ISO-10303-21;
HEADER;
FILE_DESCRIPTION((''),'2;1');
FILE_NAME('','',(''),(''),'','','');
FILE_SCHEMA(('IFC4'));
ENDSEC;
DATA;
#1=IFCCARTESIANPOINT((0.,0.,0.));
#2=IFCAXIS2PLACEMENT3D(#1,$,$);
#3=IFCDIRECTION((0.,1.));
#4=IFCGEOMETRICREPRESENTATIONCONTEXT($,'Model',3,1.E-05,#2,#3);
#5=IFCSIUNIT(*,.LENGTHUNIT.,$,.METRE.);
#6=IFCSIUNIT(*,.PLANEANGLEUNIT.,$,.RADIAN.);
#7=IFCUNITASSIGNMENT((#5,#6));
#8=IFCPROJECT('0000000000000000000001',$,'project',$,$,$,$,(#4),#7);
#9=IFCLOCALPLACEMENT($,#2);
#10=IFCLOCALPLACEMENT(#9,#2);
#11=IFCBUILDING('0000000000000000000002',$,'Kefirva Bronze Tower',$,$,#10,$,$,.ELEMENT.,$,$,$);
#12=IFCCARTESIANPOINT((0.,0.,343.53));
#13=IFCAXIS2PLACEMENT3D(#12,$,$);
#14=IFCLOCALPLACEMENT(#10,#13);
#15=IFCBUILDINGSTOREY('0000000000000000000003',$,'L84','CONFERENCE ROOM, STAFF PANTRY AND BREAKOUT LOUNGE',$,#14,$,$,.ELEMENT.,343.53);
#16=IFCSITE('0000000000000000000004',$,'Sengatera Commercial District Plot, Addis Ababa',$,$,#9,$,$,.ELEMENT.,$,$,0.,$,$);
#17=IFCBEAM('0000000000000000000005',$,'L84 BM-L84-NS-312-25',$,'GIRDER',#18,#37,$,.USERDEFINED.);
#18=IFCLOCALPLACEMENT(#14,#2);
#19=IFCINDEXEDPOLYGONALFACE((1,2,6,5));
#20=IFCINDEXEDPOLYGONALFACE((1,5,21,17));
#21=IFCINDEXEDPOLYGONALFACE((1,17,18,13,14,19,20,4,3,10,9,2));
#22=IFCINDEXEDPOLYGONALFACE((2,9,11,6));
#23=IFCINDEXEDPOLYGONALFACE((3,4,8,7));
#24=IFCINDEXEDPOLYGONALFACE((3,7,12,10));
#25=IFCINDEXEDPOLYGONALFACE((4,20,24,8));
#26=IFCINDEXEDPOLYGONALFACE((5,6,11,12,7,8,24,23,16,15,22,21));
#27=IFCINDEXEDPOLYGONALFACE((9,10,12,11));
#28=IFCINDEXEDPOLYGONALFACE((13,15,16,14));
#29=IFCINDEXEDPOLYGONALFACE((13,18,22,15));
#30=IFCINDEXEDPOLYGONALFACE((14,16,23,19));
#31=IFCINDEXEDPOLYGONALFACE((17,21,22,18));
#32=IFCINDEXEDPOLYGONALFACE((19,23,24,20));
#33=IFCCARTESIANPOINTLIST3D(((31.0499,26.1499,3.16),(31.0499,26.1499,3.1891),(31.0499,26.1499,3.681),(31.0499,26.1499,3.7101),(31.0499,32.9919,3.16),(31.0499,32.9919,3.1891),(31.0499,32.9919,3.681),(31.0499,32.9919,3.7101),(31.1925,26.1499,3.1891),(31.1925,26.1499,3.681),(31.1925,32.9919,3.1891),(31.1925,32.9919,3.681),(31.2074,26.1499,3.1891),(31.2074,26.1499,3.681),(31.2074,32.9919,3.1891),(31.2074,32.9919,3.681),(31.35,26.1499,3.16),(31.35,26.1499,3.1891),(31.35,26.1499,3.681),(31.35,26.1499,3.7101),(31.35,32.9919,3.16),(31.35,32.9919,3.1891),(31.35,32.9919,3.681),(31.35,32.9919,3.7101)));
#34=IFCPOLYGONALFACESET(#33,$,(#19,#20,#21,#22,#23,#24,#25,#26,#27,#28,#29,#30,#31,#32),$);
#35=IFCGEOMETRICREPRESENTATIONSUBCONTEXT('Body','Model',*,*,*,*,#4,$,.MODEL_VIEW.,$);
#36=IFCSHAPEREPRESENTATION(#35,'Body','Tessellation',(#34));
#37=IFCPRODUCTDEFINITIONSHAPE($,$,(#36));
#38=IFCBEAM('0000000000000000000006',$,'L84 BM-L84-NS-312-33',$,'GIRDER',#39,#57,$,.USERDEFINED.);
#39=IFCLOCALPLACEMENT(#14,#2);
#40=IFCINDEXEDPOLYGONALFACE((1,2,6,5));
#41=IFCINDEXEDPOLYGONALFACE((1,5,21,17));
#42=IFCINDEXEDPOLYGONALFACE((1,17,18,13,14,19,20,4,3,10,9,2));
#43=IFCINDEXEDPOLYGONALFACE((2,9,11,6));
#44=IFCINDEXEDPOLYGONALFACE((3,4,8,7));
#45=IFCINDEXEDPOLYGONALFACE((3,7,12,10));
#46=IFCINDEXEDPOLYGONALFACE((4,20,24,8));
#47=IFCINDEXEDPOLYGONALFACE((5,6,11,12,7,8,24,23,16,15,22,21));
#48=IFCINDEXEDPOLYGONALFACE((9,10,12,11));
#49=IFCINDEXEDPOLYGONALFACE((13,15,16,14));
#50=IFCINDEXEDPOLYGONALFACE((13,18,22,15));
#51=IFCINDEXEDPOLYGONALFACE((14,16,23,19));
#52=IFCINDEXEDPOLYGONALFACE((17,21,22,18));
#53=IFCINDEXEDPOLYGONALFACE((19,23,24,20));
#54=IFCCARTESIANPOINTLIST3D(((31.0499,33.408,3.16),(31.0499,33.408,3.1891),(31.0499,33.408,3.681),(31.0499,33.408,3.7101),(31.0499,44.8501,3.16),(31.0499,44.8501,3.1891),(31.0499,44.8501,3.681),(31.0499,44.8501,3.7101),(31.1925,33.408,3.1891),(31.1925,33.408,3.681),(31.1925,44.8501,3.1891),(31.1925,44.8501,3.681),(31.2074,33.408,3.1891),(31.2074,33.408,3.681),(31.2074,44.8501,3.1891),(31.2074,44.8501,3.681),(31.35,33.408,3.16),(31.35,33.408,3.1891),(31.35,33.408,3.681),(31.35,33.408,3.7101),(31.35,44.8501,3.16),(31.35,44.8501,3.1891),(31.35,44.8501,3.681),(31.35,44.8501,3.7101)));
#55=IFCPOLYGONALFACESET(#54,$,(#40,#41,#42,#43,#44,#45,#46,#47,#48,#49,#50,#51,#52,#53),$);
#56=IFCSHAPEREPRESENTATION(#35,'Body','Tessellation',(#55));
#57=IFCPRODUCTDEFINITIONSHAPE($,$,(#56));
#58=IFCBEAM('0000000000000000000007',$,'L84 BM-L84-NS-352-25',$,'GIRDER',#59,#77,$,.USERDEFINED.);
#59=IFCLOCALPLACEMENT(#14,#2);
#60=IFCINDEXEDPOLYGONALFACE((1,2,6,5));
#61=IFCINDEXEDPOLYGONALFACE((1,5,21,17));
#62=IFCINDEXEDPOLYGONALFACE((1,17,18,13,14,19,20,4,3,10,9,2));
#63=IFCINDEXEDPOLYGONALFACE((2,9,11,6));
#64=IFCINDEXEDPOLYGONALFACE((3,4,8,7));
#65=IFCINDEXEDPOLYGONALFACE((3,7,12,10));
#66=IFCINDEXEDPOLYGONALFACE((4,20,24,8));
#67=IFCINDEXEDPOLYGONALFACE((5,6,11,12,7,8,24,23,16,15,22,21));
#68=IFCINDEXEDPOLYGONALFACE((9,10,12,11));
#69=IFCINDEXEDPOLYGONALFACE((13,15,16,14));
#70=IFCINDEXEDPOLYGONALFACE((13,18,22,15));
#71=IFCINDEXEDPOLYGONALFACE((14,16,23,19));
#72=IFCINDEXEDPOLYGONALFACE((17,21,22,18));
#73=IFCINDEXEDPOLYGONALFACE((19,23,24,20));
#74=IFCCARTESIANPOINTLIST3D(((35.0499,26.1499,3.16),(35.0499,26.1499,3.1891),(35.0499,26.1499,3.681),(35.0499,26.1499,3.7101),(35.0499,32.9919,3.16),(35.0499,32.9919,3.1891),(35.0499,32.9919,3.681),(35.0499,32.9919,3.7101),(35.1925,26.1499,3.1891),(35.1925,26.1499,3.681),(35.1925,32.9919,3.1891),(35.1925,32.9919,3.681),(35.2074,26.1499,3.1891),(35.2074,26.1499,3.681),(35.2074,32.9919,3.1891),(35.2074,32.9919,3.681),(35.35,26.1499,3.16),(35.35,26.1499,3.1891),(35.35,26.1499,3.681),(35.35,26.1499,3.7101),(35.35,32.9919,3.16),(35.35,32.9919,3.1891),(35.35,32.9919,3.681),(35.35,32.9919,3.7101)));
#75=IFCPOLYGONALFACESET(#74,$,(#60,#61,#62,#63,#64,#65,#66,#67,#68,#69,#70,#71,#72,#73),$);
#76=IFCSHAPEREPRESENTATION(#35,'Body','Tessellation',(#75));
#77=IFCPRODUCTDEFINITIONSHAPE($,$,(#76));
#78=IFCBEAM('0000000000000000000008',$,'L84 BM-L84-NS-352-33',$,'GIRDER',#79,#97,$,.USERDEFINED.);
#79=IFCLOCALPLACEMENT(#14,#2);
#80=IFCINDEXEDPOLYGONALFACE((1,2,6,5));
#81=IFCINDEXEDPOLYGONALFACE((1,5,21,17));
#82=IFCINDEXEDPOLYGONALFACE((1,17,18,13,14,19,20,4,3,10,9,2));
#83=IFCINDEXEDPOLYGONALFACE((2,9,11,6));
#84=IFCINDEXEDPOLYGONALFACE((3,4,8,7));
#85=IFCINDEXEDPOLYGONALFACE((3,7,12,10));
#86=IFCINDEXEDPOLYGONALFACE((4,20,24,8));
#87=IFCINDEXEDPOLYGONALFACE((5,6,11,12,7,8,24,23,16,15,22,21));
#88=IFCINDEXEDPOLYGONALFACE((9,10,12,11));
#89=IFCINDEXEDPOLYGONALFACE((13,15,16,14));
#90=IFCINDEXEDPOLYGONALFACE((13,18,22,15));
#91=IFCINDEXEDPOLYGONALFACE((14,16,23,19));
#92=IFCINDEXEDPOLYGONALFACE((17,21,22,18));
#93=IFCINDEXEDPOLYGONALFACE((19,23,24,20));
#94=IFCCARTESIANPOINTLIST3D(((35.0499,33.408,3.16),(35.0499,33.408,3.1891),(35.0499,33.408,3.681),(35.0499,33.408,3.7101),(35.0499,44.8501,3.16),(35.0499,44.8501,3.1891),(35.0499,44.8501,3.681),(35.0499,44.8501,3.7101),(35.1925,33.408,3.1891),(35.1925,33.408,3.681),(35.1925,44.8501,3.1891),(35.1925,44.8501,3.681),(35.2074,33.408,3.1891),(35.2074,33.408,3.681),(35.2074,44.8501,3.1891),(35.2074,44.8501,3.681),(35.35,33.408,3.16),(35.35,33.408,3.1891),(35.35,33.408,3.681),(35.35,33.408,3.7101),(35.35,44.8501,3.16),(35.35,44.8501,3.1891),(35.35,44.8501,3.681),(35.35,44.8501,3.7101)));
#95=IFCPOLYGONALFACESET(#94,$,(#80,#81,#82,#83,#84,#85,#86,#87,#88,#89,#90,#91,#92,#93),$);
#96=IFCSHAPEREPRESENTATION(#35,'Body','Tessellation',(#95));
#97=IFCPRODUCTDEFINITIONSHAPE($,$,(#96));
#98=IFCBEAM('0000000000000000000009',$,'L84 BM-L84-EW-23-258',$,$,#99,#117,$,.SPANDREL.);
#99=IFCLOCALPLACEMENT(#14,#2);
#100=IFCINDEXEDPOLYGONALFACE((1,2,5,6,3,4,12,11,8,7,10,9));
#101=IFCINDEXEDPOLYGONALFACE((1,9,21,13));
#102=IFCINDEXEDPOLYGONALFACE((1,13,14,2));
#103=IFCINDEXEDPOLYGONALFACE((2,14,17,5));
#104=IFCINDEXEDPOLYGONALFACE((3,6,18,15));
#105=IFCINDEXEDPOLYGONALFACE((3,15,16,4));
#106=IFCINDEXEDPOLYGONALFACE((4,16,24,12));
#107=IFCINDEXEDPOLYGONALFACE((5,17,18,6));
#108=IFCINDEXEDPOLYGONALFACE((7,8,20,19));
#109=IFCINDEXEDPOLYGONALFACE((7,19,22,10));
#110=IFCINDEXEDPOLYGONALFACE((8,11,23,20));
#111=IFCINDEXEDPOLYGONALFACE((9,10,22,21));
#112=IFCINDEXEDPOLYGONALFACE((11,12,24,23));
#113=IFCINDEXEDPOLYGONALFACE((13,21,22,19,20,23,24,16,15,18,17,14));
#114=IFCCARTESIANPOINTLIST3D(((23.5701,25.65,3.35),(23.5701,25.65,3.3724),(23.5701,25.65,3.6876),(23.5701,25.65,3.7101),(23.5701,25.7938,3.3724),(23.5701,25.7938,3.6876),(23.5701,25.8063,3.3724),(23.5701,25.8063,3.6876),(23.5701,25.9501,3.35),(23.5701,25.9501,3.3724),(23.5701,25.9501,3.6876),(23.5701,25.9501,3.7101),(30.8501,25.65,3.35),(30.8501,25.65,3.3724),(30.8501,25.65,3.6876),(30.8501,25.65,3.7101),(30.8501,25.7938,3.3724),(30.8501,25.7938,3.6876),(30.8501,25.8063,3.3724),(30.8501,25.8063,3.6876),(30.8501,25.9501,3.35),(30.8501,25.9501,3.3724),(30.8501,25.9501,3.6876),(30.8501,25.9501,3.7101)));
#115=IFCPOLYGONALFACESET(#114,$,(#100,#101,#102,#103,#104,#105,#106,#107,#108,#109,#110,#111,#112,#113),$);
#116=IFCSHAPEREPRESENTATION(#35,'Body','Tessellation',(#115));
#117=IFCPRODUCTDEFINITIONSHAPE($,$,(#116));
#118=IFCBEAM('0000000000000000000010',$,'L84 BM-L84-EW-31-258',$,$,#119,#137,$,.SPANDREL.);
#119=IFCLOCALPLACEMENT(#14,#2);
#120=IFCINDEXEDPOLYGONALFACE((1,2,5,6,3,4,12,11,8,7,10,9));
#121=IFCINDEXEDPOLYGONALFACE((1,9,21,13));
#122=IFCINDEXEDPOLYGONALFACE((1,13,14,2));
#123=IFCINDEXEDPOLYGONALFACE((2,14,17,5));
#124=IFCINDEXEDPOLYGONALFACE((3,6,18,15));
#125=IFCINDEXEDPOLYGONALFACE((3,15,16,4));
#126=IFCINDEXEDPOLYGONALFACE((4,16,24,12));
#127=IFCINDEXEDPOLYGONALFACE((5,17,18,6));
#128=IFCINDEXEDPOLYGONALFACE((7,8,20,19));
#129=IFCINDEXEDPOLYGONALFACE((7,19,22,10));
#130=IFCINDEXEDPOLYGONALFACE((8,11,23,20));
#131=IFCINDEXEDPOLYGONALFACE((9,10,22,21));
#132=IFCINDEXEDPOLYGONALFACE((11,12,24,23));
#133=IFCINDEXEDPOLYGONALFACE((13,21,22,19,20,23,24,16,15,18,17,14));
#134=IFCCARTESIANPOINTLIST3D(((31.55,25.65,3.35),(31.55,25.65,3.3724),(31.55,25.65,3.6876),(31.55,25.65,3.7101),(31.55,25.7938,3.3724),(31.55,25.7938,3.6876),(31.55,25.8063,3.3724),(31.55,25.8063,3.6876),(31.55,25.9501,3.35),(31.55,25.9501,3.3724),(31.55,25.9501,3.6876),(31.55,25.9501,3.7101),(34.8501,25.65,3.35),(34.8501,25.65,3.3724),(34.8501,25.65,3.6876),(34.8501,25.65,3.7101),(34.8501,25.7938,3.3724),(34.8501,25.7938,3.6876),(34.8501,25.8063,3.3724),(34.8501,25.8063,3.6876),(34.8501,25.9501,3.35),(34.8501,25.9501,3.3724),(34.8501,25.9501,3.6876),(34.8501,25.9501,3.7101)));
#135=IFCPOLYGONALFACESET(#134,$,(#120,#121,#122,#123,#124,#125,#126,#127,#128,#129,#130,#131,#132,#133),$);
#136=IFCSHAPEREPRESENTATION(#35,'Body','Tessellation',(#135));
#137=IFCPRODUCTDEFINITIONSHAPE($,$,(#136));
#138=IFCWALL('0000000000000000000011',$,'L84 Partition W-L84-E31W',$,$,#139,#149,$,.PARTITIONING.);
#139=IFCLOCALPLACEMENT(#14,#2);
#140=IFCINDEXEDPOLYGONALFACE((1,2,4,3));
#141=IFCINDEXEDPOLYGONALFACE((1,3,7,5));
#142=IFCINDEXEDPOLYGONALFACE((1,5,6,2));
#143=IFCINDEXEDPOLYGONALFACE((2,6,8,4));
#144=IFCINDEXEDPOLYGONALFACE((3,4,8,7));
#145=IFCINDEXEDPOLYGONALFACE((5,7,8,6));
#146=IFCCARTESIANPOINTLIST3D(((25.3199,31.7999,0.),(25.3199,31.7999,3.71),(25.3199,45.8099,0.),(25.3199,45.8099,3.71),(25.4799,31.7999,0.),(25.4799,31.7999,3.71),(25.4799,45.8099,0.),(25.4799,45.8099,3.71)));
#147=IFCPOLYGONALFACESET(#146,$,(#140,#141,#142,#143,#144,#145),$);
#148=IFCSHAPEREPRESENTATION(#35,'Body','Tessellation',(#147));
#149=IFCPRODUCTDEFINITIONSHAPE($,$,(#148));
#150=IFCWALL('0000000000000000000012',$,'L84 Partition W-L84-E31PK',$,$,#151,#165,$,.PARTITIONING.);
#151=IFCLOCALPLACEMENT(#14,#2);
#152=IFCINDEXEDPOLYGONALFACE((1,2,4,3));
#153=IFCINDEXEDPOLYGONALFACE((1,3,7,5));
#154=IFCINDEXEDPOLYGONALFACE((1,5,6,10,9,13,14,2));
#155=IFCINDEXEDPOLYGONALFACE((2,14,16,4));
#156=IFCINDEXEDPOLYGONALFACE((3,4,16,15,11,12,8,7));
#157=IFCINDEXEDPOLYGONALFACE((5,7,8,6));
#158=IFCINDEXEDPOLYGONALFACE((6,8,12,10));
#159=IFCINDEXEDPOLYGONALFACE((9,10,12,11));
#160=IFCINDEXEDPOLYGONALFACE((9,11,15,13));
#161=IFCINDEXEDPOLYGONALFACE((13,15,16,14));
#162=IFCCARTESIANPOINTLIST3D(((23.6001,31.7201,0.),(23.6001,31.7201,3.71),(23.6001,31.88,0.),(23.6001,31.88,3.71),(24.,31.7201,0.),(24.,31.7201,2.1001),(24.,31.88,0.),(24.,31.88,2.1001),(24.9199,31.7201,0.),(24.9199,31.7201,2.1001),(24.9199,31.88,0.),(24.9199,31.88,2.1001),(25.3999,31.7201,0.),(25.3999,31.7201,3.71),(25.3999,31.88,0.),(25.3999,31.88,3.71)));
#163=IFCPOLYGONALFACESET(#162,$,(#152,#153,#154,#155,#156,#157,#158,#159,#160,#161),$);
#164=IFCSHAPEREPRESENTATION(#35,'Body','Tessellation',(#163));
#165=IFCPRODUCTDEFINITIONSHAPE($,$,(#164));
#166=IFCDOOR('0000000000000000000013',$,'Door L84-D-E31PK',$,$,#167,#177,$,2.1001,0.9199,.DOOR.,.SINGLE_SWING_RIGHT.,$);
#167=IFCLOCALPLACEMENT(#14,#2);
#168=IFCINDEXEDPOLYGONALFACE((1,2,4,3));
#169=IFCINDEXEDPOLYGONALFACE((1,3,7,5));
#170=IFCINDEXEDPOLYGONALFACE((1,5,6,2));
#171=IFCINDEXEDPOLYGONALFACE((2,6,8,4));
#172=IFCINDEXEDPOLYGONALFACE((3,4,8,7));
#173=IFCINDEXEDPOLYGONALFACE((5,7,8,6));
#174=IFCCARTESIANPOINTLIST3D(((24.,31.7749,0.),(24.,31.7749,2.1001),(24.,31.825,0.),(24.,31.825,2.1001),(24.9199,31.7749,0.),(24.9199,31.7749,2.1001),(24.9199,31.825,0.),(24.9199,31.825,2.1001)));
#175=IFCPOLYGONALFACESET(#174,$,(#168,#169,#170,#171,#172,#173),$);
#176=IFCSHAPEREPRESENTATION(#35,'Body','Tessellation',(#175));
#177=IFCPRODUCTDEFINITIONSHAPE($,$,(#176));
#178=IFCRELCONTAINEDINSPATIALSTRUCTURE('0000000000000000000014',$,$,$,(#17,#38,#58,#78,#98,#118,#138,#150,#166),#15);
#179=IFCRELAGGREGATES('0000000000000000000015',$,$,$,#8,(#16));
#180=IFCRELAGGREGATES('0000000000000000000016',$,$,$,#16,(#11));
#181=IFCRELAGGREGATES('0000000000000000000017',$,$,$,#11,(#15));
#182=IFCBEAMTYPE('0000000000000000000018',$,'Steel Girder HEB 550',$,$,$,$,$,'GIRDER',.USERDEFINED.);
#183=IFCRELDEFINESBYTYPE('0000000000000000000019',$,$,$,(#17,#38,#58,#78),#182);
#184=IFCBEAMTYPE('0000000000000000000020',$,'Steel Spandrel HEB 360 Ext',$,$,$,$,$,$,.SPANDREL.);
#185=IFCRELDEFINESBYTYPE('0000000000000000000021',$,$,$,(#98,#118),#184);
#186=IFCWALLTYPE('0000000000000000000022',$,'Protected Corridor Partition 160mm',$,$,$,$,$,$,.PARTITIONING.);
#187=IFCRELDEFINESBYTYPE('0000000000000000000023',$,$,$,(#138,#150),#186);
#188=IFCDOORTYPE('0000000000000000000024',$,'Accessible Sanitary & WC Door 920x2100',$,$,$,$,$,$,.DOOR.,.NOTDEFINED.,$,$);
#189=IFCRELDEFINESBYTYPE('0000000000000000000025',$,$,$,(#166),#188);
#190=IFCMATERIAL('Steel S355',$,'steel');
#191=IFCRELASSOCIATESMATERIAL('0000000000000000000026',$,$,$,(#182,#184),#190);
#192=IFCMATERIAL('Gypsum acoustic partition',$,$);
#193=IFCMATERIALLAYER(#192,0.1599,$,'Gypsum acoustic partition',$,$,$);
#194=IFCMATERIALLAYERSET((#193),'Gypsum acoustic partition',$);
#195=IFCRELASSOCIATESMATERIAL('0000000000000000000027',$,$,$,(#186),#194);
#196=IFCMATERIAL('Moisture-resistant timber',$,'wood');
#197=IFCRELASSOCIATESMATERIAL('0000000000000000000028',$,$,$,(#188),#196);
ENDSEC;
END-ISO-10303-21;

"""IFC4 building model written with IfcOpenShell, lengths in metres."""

from ifc_helpers import new_model, si_unit, direction, frame, frame_2d, origin, origin_2d, place, context, subcontext, project, spatial, rectangle, i_section, extrude, material, layer, layer_set, material_profile, profile_set, type_object, element, fill, save


model = new_model("IFC4")

# Units and contexts
model_context = context("Model", 3, precision=1e-05, world=origin(), true_north=direction((0.0, 1.0)))
body_context = subcontext(model_context, "Body", "Model", "MODEL_VIEW")
ifc_project = project(units=[si_unit("LENGTHUNIT", "METRE"), si_unit("PLANEANGLEUNIT", "RADIAN")], contexts=[model_context])

# Site, building, storey
site_placement = place(None, origin())
site = spatial("IfcSite", under=ifc_project, at=site_placement, Name="Sengatera Commercial District Plot, Addis Ababa", CompositionType="ELEMENT", RefElevation=0.0)
building_placement = place(site_placement, origin())
building = spatial("IfcBuilding", under=site, at=building_placement, Name="Kefirva Bronze Tower", CompositionType="ELEMENT")
storey_placement = place(building_placement, frame((0.0, 0.0, 343.53)))
storey = spatial("IfcBuildingStorey", under=building, at=storey_placement, Name="L84", Description="CONFERENCE ROOM, STAFF PANTRY AND BREAKOUT LOUNGE", CompositionType="ELEMENT", Elevation=343.53)

# Beams
ifc_material_1 = material(Name="Steel S355", Category="steel")
ifc_material_profile_1 = material_profile(ifc_material_1, i_section(OverallWidth=0.3, OverallDepth=0.55, WebThickness=0.0149, FlangeThickness=0.0291, at=origin_2d()), Name="HEB 550")
ifc_profile_set_1 = profile_set([ifc_material_profile_1], Name="Steel S355")
beam_type_1 = type_object("IfcBeamType", Name="Steel Girder HEB 550", ElementType="GIRDER", PredefinedType="USERDEFINED", material=ifc_profile_set_1)
beam_1_placement = place(storey_placement, frame((31.2, 26.1499, 3.4351), z_axis=(0.0, 1.0, 0.0), x_axis=(-1.0, 0.0, 0.0)))
element("IfcBeam", 1, at=beam_1_placement, inside=storey, type_object=beam_type_1, Name="L84 BM-L84-NS-312-25", ObjectType="GIRDER", PredefinedType="USERDEFINED", context=body_context, shape_type="SweptSolid", body=[
    extrude(i_section(OverallWidth=0.3, OverallDepth=0.55, WebThickness=0.0149, FlangeThickness=0.0291, at=origin_2d()), origin(), (0.0, 0.0, 1.0), 6.842),
])
beam_2_placement = place(storey_placement, frame((31.2, 33.408, 3.4351), z_axis=(0.0, 1.0, 0.0), x_axis=(-1.0, 0.0, 0.0)))
element("IfcBeam", 2, at=beam_2_placement, inside=storey, type_object=beam_type_1, Name="L84 BM-L84-NS-312-33", ObjectType="GIRDER", PredefinedType="USERDEFINED", context=body_context, shape_type="SweptSolid", body=[
    extrude(i_section(OverallWidth=0.3, OverallDepth=0.55, WebThickness=0.0149, FlangeThickness=0.0291, at=origin_2d()), origin(), (0.0, 0.0, 1.0), 11.4421),
])
beam_3_placement = place(storey_placement, frame((35.2, 26.1499, 3.4351), z_axis=(0.0, 1.0, 0.0), x_axis=(-1.0, 0.0, 0.0)))
element("IfcBeam", 3, at=beam_3_placement, inside=storey, type_object=beam_type_1, Name="L84 BM-L84-NS-352-25", ObjectType="GIRDER", PredefinedType="USERDEFINED", context=body_context, shape_type="SweptSolid", body=[
    extrude(i_section(OverallWidth=0.3, OverallDepth=0.55, WebThickness=0.0149, FlangeThickness=0.0291, at=origin_2d()), origin(), (0.0, 0.0, 1.0), 6.842),
])
beam_4_placement = place(storey_placement, frame((35.2, 33.408, 3.4351), z_axis=(0.0, 1.0, 0.0), x_axis=(-1.0, 0.0, 0.0)))
element("IfcBeam", 4, at=beam_4_placement, inside=storey, type_object=beam_type_1, Name="L84 BM-L84-NS-352-33", ObjectType="GIRDER", PredefinedType="USERDEFINED", context=body_context, shape_type="SweptSolid", body=[
    extrude(i_section(OverallWidth=0.3, OverallDepth=0.55, WebThickness=0.0149, FlangeThickness=0.0291, at=origin_2d()), origin(), (0.0, 0.0, 1.0), 11.4421),
])
ifc_material_profile_2 = material_profile(ifc_material_1, i_section(OverallWidth=0.3, OverallDepth=0.3601, WebThickness=0.0125, FlangeThickness=0.0225, at=origin_2d()), Name="HEB 360")
ifc_profile_set_2 = profile_set([ifc_material_profile_2], Name="Steel S355")
beam_type_2 = type_object("IfcBeamType", Name="Steel Spandrel HEB 360 Ext", PredefinedType="SPANDREL", material=ifc_profile_set_2)
beam_5_placement = place(storey_placement, frame((23.5701, 25.8, 3.53), z_axis=(1.0, 0.0, 0.0), x_axis=(0.0, 1.0, 0.0)))
element("IfcBeam", 5, at=beam_5_placement, inside=storey, type_object=beam_type_2, Name="L84 BM-L84-EW-23-258", PredefinedType="SPANDREL", context=body_context, shape_type="SweptSolid", body=[
    extrude(i_section(OverallWidth=0.3, OverallDepth=0.3601, WebThickness=0.0125, FlangeThickness=0.0225, at=origin_2d()), origin(), (0.0, 0.0, 1.0), 7.28),
])
beam_6_placement = place(storey_placement, frame((31.55, 25.8, 3.53), z_axis=(1.0, 0.0, 0.0), x_axis=(0.0, 1.0, 0.0)))
element("IfcBeam", 6, at=beam_6_placement, inside=storey, type_object=beam_type_2, Name="L84 BM-L84-EW-31-258", PredefinedType="SPANDREL", context=body_context, shape_type="SweptSolid", body=[
    extrude(i_section(OverallWidth=0.3, OverallDepth=0.3601, WebThickness=0.0125, FlangeThickness=0.0225, at=origin_2d()), origin(), (0.0, 0.0, 1.0), 3.3),
])

# Wall
ifc_material_2 = material(Name="Gypsum acoustic partition")
ifc_layer_1 = layer(ifc_material_2, 0.1599, Name="Gypsum acoustic partition")
ifc_layer_set_1 = layer_set([ifc_layer_1], Name="Gypsum acoustic partition")
wall_type_1 = type_object("IfcWallType", Name="Protected Corridor Partition 160mm", PredefinedType="PARTITIONING", material=ifc_layer_set_1)
wall_1_placement = place(storey_placement, frame((25.3999, 31.8, 0.0), z_axis=(0.0, 0.0, 1.0), x_axis=(0.0, 1.0, 0.0)))
element("IfcWall", 7, at=wall_1_placement, inside=storey, type_object=wall_type_1, Name="L84 Partition W-L84-E31W", PredefinedType="PARTITIONING", context=body_context, shape_type="SweptSolid", body=[
    extrude(rectangle(XDim=14.01, YDim=0.1599, at=frame_2d((7.0049, 0.0))), origin(), (0.0, 0.0, 1.0), 3.71),
])

# Wall, opening, door
wall_2_placement = place(storey_placement, frame((23.6001, 31.8, 0.0), z_axis=(0.0, 0.0, 1.0), x_axis=(1.0, 0.0, 0.0)))
wall_2 = element("IfcWall", 8, at=wall_2_placement, inside=storey, type_object=wall_type_1, Name="L84 Partition W-L84-E31PK", PredefinedType="PARTITIONING", context=body_context, shape_type="SweptSolid", body=[
    extrude(rectangle(XDim=1.7998, YDim=0.1599, at=frame_2d((0.8999, 0.0))), origin(), (0.0, 0.0, 1.0), 3.71),
])
opening_1_placement = place(wall_2_placement, frame((0.3999, 0.0, 0.0)))
opening_1 = element("IfcOpeningElement", 9, at=opening_1_placement, cuts=wall_2, PredefinedType="OPENING", context=body_context, shape_type="SweptSolid", body=[
    extrude(rectangle(XDim=0.9199, YDim=2.1001, at=frame_2d((0.46, 1.05))), frame((0.0, 0.0898, 0.0), z_axis=(0.0, -1.0, 0.0), x_axis=(1.0, 0.0, 0.0)), (0.0, 0.0, 1.0), 0.1799),
])
ifc_material_3 = material(Name="Moisture-resistant timber", Category="wood")
door_type_1 = type_object("IfcDoorType", Name="Accessible Sanitary & WC Door 920x2100", OperationType="NOTDEFINED", PredefinedType="DOOR", material=ifc_material_3)
door_1_placement = place(opening_1_placement, origin())
door_1 = element("IfcDoor", 10, at=door_1_placement, inside=storey, type_object=door_type_1, Name="Door L84-D-E31PK", OperationType="SINGLE_SWING_RIGHT", OverallHeight=2.1001, OverallWidth=0.9199, PredefinedType="DOOR", context=body_context, shape_type="SweptSolid", body=[
    extrude(rectangle(XDim=0.9199, YDim=2.1001, at=frame_2d((0.46, 1.05))), frame((0.0, 0.0249, 0.0), z_axis=(0.0, -1.0, 0.0), x_axis=(1.0, 0.0, 0.0)), (0.0, 0.0, 1.0), 0.05),
])
fill(opening_1, door_1)

save(model, "model.ifc")
